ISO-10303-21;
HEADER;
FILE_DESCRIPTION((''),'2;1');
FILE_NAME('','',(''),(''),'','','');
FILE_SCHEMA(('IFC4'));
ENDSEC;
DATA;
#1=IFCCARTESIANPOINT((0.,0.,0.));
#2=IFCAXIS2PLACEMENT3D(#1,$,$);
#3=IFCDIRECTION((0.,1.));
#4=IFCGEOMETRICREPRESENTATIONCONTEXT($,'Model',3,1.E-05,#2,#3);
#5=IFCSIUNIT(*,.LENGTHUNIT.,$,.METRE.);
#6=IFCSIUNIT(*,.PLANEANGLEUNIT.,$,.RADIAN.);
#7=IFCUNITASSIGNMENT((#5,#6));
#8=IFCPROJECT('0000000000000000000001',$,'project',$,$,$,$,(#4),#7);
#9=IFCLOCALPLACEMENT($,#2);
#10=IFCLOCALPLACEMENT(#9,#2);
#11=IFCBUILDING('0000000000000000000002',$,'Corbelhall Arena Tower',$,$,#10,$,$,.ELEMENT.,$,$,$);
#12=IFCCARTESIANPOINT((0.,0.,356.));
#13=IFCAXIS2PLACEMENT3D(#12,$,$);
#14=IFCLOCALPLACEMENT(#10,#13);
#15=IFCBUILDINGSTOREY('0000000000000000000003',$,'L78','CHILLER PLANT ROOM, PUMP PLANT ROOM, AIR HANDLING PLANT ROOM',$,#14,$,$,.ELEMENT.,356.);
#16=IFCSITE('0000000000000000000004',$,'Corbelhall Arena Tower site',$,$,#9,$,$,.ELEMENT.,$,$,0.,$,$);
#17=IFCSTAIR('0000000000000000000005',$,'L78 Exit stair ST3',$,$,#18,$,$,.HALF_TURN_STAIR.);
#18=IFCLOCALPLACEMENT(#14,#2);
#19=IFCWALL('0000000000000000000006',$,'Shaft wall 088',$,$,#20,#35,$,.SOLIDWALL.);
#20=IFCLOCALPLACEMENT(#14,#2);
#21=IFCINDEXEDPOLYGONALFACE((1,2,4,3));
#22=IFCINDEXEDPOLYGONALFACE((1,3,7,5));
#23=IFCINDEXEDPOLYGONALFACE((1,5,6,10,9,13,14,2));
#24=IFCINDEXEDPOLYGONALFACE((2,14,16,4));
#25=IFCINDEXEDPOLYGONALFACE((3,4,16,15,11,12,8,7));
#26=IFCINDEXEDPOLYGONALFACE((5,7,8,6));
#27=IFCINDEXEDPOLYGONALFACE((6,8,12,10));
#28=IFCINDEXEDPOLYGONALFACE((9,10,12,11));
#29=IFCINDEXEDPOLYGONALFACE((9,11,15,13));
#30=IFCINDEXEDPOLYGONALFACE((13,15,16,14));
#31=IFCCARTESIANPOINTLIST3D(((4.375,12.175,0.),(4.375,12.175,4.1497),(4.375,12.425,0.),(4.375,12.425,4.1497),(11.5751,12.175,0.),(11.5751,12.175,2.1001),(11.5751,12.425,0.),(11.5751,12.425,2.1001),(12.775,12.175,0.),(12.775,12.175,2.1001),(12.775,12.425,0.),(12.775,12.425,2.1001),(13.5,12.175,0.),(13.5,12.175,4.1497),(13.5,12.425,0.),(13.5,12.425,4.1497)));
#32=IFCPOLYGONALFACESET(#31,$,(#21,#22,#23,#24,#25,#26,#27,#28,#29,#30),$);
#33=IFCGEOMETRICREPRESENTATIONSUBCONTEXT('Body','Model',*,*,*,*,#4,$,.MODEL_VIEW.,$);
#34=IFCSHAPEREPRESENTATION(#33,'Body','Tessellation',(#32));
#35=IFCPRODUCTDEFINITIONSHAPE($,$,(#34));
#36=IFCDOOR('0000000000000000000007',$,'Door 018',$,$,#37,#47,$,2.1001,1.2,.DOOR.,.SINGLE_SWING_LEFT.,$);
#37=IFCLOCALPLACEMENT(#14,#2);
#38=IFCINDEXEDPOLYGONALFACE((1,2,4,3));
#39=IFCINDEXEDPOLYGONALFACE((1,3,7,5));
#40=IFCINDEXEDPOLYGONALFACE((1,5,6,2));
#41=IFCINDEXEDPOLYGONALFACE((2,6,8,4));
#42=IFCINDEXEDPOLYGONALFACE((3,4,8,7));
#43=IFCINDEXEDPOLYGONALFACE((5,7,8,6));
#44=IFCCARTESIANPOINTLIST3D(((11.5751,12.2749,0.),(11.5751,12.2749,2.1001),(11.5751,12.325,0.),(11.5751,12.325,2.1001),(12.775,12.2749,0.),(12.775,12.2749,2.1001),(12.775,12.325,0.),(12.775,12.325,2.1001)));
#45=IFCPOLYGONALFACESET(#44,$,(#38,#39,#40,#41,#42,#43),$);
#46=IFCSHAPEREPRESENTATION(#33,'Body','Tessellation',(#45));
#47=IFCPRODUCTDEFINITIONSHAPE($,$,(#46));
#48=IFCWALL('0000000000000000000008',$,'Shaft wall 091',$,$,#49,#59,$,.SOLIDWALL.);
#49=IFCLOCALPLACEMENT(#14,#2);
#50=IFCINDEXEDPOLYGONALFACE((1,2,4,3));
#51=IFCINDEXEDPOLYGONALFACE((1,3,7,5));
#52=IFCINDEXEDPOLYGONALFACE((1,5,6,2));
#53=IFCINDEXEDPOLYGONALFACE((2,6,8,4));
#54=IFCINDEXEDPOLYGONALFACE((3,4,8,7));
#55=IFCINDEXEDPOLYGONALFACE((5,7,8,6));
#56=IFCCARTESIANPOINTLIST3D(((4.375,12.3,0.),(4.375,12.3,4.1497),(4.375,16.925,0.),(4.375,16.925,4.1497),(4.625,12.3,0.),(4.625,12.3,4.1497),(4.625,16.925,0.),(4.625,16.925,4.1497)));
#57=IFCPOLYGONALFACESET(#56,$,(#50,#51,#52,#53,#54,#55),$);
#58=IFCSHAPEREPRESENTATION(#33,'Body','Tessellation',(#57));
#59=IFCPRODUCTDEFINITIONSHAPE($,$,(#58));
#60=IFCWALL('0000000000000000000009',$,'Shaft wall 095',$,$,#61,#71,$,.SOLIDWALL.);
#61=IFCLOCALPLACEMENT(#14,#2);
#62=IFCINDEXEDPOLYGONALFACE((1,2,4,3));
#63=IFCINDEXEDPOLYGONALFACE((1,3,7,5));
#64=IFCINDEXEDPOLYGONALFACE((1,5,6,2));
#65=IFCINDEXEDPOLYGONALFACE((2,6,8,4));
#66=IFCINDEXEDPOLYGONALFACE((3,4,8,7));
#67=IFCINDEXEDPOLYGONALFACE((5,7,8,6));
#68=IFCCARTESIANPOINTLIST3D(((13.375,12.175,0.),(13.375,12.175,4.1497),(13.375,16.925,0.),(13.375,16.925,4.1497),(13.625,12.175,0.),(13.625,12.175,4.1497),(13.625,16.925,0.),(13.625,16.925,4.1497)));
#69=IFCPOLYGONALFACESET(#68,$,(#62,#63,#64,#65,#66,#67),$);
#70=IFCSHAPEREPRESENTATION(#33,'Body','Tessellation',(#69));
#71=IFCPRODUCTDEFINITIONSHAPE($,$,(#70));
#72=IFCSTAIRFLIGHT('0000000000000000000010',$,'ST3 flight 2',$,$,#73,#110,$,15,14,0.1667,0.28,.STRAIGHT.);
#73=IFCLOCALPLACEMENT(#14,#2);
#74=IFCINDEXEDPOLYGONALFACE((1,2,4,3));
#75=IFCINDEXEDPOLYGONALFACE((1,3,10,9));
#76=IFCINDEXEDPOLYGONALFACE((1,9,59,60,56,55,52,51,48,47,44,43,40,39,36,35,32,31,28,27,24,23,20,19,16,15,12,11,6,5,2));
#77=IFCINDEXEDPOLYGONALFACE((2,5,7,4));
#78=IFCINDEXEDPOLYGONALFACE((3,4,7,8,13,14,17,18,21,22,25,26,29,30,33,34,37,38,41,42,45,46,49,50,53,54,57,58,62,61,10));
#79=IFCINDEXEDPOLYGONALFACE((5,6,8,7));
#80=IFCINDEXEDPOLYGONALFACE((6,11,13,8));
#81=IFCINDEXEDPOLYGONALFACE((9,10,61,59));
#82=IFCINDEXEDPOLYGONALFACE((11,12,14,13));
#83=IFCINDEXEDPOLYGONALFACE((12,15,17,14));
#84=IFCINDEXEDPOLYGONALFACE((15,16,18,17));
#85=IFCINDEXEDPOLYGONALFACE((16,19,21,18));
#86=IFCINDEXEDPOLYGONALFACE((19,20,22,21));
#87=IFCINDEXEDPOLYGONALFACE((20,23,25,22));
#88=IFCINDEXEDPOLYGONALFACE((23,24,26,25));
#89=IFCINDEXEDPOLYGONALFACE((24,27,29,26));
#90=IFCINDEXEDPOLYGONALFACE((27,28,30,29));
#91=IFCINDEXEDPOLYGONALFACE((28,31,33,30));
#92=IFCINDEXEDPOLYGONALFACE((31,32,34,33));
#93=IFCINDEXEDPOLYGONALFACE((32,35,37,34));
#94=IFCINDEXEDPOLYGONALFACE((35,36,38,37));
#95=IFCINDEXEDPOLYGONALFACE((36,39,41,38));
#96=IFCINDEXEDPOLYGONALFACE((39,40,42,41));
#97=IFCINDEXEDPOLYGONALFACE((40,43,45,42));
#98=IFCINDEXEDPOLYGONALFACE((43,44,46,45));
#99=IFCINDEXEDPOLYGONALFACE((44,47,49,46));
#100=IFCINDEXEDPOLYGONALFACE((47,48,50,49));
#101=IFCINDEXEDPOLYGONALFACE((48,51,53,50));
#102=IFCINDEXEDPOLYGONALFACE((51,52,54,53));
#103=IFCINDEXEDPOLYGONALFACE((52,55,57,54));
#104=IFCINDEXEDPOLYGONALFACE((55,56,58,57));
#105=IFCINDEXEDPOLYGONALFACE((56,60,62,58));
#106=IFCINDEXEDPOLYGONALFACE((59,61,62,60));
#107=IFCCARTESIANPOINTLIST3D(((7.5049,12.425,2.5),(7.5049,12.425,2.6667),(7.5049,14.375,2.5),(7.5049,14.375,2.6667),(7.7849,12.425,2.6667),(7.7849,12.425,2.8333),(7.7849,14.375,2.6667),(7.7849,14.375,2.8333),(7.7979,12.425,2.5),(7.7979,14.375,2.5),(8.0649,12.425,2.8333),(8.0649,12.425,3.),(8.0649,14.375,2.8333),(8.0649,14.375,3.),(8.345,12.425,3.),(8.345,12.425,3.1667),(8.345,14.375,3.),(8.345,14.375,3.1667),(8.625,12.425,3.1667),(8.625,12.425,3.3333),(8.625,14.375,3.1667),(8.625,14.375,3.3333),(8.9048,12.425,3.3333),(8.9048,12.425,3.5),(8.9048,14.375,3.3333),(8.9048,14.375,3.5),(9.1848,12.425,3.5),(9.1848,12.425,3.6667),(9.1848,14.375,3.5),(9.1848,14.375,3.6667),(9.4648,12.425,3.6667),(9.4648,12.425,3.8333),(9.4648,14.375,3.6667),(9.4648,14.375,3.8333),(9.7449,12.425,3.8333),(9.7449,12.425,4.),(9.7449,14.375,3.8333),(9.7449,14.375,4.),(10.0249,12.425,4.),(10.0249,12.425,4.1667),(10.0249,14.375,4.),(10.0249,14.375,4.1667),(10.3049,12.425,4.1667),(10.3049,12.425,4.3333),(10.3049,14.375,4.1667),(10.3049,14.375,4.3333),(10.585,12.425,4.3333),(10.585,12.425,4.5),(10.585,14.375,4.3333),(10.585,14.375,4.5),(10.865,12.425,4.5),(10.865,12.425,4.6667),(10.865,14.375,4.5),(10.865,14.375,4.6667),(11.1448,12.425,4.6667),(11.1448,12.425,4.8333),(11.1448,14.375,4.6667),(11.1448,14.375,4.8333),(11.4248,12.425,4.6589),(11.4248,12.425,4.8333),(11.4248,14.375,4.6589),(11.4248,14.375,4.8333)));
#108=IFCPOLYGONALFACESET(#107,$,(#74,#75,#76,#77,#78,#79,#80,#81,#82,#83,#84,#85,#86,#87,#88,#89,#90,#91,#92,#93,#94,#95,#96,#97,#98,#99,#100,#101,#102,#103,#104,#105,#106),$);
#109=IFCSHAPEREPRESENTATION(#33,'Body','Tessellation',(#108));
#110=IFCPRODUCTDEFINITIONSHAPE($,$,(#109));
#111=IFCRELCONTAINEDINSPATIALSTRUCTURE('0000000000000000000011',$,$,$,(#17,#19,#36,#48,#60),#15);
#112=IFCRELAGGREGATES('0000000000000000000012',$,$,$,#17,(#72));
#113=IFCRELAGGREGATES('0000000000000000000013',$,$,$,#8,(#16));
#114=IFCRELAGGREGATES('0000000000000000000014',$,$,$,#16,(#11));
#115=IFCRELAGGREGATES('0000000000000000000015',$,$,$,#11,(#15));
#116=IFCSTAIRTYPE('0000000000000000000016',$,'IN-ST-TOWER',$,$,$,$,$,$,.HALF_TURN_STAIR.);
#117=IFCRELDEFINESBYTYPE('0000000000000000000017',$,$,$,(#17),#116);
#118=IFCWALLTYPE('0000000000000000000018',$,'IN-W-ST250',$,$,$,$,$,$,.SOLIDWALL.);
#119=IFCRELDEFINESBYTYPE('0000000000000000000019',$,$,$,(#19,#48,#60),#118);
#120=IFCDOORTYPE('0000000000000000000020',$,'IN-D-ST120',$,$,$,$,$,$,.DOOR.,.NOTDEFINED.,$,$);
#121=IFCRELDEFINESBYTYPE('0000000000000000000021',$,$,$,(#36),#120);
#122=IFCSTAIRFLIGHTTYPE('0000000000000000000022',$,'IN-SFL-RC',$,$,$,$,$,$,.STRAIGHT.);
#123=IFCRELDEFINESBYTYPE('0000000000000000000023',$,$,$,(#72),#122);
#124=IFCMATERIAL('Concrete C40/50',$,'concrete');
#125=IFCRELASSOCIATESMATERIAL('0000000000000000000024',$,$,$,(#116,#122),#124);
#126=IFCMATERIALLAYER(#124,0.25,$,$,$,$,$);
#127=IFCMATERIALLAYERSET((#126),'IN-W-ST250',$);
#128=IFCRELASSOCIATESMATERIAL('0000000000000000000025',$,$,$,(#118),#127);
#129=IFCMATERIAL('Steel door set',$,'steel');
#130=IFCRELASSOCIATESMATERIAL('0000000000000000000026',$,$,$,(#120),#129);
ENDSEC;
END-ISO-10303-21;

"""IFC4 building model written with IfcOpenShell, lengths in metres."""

from ifc_helpers import new_model, si_unit, direction, frame, frame_2d, origin, place, context, subcontext, project, spatial, polyline, rectangle, outline, extrude, material, layer, layer_set, type_object, element, fill, aggregate, save


model = new_model("IFC4")

# Units and contexts
model_context = context("Model", 3, precision=1e-05, world=origin(), true_north=direction((0.0, 1.0)))
body_context = subcontext(model_context, "Body", "Model", "MODEL_VIEW")
ifc_project = project(units=[si_unit("LENGTHUNIT", "METRE"), si_unit("PLANEANGLEUNIT", "RADIAN")], contexts=[model_context])

# Site, building, storey
site_placement = place(None, origin())
site = spatial("IfcSite", under=ifc_project, at=site_placement, Name="Corbelhall Arena Tower site", CompositionType="ELEMENT", RefElevation=0.0)
building_placement = place(site_placement, origin())
building = spatial("IfcBuilding", under=site, at=building_placement, Name="Corbelhall Arena Tower", CompositionType="ELEMENT")
storey_placement = place(building_placement, frame((0.0, 0.0, 356.0)))
storey = spatial("IfcBuildingStorey", under=building, at=storey_placement, Name="L78", Description="CHILLER PLANT ROOM, PUMP PLANT ROOM, AIR HANDLING PLANT ROOM", CompositionType="ELEMENT", Elevation=356.0)

# Stair
ifc_material_1 = material(Name="Concrete C40/50", Category="concrete")
stair_type = type_object("IfcStairType", Name="IN-ST-TOWER", PredefinedType="HALF_TURN_STAIR", material=ifc_material_1)
stair_1_placement = place(storey_placement, origin())
stair_1 = element("IfcStair", 1, at=stair_1_placement, inside=storey, type_object=stair_type, Name="L78 Exit stair ST3", PredefinedType="HALF_TURN_STAIR")

# Shared definitions
ifc_material_2 = material(Name="Steel door set", Category="steel")

# Wall, opening, door
ifc_layer_1 = layer(ifc_material_1, 0.25)
ifc_layer_set_1 = layer_set([ifc_layer_1], Name="IN-W-ST250")
wall_type_1 = type_object("IfcWallType", Name="IN-W-ST250", PredefinedType="SOLIDWALL", material=ifc_layer_set_1)
wall_1_placement = place(storey_placement, frame((4.375, 12.3, 0.0), z_axis=(0.0, 0.0, 1.0), x_axis=(1.0, 0.0, 0.0)))
wall_1 = element("IfcWall", 2, at=wall_1_placement, inside=storey, type_object=wall_type_1, Name="Shaft wall 088", PredefinedType="SOLIDWALL", context=body_context, shape_type="SweptSolid", body=[
    extrude(rectangle(XDim=9.125, YDim=0.25, at=frame_2d((4.5625, 0.0))), origin(), (0.0, 0.0, 1.0), 4.1497),
])
opening_1_placement = place(wall_1_placement, frame((7.2, 0.0, 0.0)))
opening_1 = element("IfcOpeningElement", 3, at=opening_1_placement, cuts=wall_1, PredefinedType="OPENING", context=body_context, shape_type="SweptSolid", body=[
    extrude(rectangle(XDim=1.2, YDim=2.1001, at=frame_2d((0.6001, 1.05))), frame((0.0, 0.125, 0.0), z_axis=(0.0, -1.0, 0.0), x_axis=(1.0, 0.0, 0.0)), (0.0, 0.0, 1.0), 0.25),
])
door_type_1 = type_object("IfcDoorType", Name="IN-D-ST120", OperationType="NOTDEFINED", PredefinedType="DOOR", material=ifc_material_2)
door_1_placement = place(opening_1_placement, origin())
door_1 = element("IfcDoor", 4, at=door_1_placement, inside=storey, type_object=door_type_1, Name="Door 018", OperationType="SINGLE_SWING_LEFT", OverallHeight=2.1001, OverallWidth=1.2, PredefinedType="DOOR", context=body_context, shape_type="SweptSolid", body=[
    extrude(rectangle(XDim=1.2, YDim=2.1001, at=frame_2d((0.6001, 1.05))), frame((0.0, 0.0249, 0.0), z_axis=(0.0, -1.0, 0.0), x_axis=(1.0, 0.0, 0.0)), (0.0, 0.0, 1.0), 0.05),
])
fill(opening_1, door_1)

# Walls
wall_2_placement = place(storey_placement, frame((4.5, 12.3, 0.0), z_axis=(0.0, 0.0, 1.0), x_axis=(0.0, 1.0, 0.0)))
element("IfcWall", 5, at=wall_2_placement, inside=storey, type_object=wall_type_1, Name="Shaft wall 091", PredefinedType="SOLIDWALL", context=body_context, shape_type="SweptSolid", body=[
    extrude(rectangle(XDim=4.625, YDim=0.25, at=frame_2d((2.3125, 0.0))), origin(), (0.0, 0.0, 1.0), 4.1497),
])
wall_3_placement = place(storey_placement, frame((13.5, 12.175, 0.0), z_axis=(0.0, 0.0, 1.0), x_axis=(0.0, 1.0, 0.0)))
element("IfcWall", 6, at=wall_3_placement, inside=storey, type_object=wall_type_1, Name="Shaft wall 095", PredefinedType="SOLIDWALL", context=body_context, shape_type="SweptSolid", body=[
    extrude(rectangle(XDim=4.75, YDim=0.25, at=frame_2d((2.375, 0.0))), origin(), (0.0, 0.0, 1.0), 4.1497),
])

# Stair flight
stair_flight_type = type_object("IfcStairFlightType", Name="IN-SFL-RC", PredefinedType="STRAIGHT", material=ifc_material_1)
stair_flight_placement = place(storey_placement, frame((7.5049, 13.3999, 2.5), z_axis=(0.0, 0.0, 1.0), x_axis=(1.0, 0.0, 0.0)))
stair_flight = element("IfcStairFlight", 7, at=stair_flight_placement, type_object=stair_flight_type, Name="ST3 flight 2", NumberOfRisers=15, NumberOfTreads=14, PredefinedType="STRAIGHT", RiserHeight=0.1667, TreadLength=0.28, context=body_context, shape_type="SweptSolid", body=[
    extrude(outline(polyline([(0.0, 0.0), (0.0, 0.1667), (0.28, 0.1667), (0.28, 0.3333), (0.5601, 0.3333), (0.5601, 0.5), (0.8401, 0.5), (0.8401, 0.6667), (1.1201, 0.6667), (1.1201, 0.8333), (1.3999, 0.8333), (1.3999, 1.0), (1.6799, 1.0), (1.6799, 1.1667), (1.96, 1.1667), (1.96, 1.3333), (2.24, 1.3333), (2.24, 1.5), (2.52, 1.5), (2.52, 1.6667), (2.8, 1.6667), (2.8, 1.8333), (3.0801, 1.8333), (3.0801, 2.0), (3.3601, 2.0), (3.3601, 2.1667), (3.6399, 2.1667), (3.6399, 2.3333), (3.9199, 2.3333), (3.9199, 2.5), (3.9199, 2.1589), (0.293, 0.0), (0.0, 0.0)])), frame((0.0, 0.9751, 0.0), z_axis=(0.0, -1.0, 0.0), x_axis=(1.0, 0.0, 0.0)), (0.0, 0.0, 1.0), 1.95),
])
aggregate(stair_1, [stair_flight])

save(model, "model.ifc")
